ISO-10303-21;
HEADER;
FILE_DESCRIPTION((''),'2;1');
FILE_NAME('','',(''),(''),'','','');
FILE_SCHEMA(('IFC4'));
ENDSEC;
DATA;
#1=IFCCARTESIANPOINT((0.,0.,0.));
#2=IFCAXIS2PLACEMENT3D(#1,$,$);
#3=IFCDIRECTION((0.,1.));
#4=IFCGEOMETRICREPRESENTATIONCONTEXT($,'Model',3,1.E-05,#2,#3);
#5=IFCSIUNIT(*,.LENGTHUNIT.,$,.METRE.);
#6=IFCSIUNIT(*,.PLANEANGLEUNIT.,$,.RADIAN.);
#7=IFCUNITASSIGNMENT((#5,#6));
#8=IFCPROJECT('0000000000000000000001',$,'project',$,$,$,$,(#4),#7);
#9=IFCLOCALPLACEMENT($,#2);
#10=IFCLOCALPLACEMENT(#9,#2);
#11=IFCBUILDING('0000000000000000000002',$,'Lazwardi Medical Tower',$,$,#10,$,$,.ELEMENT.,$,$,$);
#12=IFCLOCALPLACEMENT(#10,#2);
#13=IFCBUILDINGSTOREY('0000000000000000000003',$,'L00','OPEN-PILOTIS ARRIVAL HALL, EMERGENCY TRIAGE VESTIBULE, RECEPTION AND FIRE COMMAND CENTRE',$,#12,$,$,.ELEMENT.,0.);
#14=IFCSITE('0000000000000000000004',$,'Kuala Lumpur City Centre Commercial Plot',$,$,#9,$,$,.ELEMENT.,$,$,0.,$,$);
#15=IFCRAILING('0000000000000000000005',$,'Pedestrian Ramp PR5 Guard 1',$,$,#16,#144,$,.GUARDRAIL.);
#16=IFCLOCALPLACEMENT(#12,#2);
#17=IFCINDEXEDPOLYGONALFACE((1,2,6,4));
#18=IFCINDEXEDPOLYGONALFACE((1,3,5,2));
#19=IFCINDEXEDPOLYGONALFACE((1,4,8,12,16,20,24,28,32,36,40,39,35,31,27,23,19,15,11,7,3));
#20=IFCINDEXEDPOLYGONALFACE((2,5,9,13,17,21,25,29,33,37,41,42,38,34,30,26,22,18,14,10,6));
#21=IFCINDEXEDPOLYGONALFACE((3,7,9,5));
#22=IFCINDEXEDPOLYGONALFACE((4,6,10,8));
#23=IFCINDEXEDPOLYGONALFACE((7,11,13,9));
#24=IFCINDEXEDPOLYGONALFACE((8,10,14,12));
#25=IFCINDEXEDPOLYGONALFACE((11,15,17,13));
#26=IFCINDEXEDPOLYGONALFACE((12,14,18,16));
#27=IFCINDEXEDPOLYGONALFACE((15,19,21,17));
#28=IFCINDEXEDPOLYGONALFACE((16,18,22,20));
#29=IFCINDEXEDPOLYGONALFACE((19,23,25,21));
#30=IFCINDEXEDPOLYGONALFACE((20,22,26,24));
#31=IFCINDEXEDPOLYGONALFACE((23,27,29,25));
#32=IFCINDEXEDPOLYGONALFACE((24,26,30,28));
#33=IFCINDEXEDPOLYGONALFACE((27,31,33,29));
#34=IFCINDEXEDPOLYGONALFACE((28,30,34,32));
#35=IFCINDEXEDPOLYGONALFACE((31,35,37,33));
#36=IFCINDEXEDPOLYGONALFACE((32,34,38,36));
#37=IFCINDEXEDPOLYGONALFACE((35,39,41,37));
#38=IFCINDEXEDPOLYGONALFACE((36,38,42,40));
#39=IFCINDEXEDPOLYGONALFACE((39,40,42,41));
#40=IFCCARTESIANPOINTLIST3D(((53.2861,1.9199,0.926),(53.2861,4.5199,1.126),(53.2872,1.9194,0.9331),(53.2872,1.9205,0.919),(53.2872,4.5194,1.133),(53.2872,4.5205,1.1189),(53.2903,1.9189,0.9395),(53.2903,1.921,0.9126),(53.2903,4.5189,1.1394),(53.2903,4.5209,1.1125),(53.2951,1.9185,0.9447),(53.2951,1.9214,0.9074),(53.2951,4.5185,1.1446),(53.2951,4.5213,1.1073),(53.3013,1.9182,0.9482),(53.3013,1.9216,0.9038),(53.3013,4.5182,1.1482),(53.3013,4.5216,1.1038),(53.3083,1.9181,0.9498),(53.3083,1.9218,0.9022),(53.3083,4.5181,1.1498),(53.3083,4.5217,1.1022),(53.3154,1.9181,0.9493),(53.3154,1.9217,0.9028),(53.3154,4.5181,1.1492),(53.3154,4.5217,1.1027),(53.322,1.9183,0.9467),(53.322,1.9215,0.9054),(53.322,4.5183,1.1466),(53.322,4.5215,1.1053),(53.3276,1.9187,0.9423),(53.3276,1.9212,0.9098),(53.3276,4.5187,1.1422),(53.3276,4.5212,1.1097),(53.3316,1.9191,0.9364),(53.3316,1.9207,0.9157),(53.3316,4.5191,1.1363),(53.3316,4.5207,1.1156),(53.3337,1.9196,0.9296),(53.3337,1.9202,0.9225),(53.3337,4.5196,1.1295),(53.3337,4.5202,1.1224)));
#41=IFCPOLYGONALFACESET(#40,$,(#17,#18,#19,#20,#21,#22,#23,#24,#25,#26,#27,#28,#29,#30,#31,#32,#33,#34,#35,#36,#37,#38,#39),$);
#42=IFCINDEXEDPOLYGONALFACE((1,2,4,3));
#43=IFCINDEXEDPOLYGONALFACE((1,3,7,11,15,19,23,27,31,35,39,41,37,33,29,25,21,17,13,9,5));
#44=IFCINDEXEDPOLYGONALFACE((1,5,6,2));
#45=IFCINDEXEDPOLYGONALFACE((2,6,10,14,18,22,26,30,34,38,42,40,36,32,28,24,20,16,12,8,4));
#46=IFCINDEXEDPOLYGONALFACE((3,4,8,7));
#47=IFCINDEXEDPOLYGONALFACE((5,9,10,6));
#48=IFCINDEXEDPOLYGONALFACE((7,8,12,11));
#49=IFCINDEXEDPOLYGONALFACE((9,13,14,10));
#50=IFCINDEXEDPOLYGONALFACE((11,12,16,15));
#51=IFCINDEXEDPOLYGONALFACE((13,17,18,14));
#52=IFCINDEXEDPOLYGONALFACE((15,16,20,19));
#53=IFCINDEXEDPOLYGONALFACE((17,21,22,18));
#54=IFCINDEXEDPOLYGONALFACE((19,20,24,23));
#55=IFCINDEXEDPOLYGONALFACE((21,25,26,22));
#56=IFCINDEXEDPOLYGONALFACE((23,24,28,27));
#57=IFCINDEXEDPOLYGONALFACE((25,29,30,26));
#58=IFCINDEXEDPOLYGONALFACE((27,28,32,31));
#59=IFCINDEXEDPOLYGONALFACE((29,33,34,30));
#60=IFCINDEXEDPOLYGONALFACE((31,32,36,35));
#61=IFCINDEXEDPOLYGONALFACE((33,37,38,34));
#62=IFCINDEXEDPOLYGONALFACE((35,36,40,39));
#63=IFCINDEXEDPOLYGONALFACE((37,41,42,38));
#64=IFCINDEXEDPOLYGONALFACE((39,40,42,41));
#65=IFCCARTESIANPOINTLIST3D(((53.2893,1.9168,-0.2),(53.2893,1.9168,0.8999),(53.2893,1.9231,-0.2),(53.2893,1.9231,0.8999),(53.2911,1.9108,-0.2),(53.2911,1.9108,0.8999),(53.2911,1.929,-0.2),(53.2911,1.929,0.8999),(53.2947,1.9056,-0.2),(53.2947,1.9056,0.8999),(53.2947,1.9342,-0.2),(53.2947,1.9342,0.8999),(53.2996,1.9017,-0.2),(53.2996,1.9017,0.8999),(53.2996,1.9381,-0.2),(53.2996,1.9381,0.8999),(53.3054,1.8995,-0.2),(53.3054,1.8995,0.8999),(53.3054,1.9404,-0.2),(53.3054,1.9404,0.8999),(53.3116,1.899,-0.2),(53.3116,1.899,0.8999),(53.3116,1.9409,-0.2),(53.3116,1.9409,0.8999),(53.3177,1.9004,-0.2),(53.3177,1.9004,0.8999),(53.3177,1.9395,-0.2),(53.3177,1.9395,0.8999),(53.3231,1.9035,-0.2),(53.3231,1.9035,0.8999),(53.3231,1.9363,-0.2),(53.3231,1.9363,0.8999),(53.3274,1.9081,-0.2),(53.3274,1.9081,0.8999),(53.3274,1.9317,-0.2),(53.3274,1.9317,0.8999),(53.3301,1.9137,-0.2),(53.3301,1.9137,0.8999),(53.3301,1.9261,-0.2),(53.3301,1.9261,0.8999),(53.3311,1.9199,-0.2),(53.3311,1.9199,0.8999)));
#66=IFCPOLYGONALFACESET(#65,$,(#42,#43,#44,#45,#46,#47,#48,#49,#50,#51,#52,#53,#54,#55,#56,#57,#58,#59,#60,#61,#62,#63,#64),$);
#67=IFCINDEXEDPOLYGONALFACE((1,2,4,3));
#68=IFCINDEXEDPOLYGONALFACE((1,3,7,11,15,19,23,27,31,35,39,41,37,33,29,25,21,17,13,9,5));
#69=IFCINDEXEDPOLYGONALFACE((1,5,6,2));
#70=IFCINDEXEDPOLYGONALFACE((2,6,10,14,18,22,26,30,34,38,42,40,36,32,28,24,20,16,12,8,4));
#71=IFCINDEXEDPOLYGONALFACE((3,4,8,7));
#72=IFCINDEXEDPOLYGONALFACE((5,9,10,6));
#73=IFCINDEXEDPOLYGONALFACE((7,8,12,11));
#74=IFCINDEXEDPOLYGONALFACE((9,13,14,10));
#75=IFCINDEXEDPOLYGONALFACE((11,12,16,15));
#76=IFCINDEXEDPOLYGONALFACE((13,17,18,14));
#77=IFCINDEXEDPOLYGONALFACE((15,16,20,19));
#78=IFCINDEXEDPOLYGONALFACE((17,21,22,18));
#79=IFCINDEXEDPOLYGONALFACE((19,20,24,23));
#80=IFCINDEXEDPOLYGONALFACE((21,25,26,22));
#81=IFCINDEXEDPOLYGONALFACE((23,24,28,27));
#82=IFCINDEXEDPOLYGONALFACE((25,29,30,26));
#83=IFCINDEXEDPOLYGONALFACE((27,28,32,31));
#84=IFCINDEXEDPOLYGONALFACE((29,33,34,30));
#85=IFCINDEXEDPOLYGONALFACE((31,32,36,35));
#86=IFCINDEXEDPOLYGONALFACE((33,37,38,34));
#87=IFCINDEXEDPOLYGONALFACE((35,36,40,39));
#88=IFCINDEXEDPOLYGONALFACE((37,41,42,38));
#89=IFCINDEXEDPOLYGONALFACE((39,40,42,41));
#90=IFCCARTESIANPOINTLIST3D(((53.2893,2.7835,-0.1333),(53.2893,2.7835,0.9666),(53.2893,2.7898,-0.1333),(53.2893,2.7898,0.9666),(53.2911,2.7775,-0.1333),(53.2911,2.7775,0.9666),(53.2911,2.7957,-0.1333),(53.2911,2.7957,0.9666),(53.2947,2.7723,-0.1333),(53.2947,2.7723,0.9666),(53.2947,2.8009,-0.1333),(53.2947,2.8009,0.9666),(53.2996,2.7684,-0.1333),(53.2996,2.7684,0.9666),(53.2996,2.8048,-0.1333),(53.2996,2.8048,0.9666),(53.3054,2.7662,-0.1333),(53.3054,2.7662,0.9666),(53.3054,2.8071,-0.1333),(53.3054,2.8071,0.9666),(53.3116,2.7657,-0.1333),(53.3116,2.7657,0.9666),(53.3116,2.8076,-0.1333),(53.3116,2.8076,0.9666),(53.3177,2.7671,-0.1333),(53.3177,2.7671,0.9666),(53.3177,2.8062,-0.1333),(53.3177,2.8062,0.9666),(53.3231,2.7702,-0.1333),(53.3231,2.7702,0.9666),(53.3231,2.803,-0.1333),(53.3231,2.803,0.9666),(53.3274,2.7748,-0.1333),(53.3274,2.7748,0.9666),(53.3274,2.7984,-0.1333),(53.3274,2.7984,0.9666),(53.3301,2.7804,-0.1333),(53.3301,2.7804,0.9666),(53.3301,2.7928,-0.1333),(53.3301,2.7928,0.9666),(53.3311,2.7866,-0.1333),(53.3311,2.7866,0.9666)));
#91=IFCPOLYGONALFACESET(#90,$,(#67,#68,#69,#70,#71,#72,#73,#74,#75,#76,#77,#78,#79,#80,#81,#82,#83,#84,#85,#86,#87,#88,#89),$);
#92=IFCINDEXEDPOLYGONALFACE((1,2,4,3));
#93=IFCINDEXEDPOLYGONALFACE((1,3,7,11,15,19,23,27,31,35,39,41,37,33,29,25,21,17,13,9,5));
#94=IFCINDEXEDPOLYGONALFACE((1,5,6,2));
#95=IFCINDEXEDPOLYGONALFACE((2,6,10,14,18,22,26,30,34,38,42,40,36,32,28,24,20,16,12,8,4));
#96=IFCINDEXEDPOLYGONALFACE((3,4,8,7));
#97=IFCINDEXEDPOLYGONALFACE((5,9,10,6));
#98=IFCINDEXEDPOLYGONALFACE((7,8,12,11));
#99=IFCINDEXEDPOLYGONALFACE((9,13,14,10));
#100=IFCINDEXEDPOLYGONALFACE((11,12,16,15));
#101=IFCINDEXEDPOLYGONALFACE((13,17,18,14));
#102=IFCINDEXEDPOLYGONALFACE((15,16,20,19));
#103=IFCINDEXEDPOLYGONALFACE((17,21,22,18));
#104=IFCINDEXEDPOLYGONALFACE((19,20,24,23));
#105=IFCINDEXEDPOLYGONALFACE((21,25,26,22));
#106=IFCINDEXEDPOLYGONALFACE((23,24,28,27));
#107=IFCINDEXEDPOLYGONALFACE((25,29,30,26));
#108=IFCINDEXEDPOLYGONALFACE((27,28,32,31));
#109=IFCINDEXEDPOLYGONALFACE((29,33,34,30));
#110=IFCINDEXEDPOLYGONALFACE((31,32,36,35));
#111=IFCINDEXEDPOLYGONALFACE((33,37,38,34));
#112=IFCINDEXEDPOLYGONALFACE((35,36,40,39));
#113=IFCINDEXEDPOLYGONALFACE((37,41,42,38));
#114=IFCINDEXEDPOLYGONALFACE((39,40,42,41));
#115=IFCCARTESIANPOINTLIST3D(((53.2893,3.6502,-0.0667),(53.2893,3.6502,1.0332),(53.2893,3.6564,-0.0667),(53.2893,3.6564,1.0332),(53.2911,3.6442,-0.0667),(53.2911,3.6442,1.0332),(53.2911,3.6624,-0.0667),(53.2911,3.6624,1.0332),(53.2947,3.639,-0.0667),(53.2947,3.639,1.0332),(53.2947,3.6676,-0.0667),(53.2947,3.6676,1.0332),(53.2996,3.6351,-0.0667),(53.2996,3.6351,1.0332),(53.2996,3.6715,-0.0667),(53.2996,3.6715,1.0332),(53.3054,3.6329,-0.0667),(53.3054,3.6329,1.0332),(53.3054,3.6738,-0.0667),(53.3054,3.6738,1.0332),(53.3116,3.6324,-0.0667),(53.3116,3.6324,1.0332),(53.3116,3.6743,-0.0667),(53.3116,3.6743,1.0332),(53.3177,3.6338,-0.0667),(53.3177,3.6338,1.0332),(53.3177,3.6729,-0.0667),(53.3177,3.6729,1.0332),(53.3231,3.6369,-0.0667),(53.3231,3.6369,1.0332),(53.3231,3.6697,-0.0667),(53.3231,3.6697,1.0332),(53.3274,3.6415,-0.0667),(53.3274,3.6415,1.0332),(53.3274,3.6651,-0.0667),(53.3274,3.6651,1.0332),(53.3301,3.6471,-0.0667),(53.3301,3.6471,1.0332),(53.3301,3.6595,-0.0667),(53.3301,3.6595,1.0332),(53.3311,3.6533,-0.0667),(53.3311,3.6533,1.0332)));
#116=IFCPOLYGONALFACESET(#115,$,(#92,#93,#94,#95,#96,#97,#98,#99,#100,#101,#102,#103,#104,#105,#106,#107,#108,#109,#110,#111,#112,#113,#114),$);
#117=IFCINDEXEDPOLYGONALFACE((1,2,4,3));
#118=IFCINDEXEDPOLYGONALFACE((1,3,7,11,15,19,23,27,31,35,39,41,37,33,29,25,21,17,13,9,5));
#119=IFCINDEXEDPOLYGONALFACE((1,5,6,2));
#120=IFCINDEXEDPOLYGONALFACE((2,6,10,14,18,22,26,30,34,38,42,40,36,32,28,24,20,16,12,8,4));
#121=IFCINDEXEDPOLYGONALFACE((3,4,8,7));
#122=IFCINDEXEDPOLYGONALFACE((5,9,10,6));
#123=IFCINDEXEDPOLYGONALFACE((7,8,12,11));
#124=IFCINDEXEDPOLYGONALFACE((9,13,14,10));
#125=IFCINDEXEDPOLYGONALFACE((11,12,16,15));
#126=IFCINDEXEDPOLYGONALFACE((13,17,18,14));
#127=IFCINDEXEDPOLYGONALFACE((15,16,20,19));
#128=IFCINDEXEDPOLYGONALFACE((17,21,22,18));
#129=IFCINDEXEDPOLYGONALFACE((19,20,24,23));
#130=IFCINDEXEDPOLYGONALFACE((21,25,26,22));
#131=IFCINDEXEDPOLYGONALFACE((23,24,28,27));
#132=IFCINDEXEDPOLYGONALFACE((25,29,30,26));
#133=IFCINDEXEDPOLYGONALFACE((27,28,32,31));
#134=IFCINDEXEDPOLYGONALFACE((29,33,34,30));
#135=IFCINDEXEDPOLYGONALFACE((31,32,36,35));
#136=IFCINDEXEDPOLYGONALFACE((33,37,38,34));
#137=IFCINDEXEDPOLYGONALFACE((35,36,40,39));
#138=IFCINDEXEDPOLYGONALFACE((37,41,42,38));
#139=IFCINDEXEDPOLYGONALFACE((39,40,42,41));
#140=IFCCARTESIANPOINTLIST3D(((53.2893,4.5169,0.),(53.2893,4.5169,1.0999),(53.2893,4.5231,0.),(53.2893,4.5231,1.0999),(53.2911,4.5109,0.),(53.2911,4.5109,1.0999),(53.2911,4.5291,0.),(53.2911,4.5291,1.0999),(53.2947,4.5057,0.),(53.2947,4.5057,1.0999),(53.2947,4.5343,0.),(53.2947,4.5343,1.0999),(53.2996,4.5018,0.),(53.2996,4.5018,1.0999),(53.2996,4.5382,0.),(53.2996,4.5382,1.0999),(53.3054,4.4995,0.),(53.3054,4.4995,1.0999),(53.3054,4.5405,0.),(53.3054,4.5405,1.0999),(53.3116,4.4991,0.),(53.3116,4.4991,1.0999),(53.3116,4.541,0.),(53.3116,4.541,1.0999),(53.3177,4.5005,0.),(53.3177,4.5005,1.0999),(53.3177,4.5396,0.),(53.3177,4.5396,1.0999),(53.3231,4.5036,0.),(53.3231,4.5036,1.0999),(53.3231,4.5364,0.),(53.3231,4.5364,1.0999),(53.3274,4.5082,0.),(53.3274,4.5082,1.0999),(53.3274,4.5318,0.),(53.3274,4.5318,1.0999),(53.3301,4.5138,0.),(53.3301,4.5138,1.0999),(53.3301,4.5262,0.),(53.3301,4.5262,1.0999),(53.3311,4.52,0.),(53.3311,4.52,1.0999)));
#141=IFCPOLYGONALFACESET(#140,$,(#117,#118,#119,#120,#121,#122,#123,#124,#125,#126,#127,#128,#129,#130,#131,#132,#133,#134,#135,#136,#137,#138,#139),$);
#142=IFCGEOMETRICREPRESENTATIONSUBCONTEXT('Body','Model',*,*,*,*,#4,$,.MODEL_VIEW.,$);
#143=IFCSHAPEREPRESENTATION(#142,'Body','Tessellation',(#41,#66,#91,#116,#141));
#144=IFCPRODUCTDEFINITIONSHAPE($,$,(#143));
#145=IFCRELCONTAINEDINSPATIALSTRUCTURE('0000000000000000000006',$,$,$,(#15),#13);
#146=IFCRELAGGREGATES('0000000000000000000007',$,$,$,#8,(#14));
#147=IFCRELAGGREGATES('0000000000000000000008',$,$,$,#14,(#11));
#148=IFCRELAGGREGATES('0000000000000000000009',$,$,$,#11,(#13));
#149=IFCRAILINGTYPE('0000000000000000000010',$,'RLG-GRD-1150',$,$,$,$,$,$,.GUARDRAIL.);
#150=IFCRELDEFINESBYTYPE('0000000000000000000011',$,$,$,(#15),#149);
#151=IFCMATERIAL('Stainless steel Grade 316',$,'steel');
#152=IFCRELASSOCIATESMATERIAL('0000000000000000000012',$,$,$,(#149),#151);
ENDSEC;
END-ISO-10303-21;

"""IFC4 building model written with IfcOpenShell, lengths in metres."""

from ifc_helpers import new_model, si_unit, direction, frame, origin, origin_2d, place, context, subcontext, project, spatial, circle, extrude, material, type_object, element, save


model = new_model("IFC4")

# Units and contexts
model_context = context("Model", 3, precision=1e-05, world=origin(), true_north=direction((0.0, 1.0)))
body_context = subcontext(model_context, "Body", "Model", "MODEL_VIEW")
ifc_project = project(units=[si_unit("LENGTHUNIT", "METRE"), si_unit("PLANEANGLEUNIT", "RADIAN")], contexts=[model_context])

# Site, building, storey
site_placement = place(None, origin())
site = spatial("IfcSite", under=ifc_project, at=site_placement, Name="Kuala Lumpur City Centre Commercial Plot", CompositionType="ELEMENT", RefElevation=0.0)
building_placement = place(site_placement, origin())
building = spatial("IfcBuilding", under=site, at=building_placement, Name="Lazwardi Medical Tower", CompositionType="ELEMENT")
storey_placement = place(building_placement, origin())
storey = spatial("IfcBuildingStorey", under=building, at=storey_placement, Name="L00", Description="OPEN-PILOTIS ARRIVAL HALL, EMERGENCY TRIAGE VESTIBULE, RECEPTION AND FIRE COMMAND CENTRE", CompositionType="ELEMENT", Elevation=0.0)

# Railing
ifc_material_1 = material(Name="Stainless steel Grade 316", Category="steel")
railing_type = type_object("IfcRailingType", Name="RLG-GRD-1150", PredefinedType="GUARDRAIL", material=ifc_material_1)
for number, where, name in (
    (1, (53.3101, 1.9199, -0.2), "Pedestrian Ramp PR5 Guard 1"),
):
    element("IfcRailing", number, at=place(storey_placement, frame(where)), inside=storey, type_object=railing_type, Name=name, PredefinedType="GUARDRAIL", context=body_context, shape_type="SweptSolid", body=[
        extrude(circle(Radius=0.0239, at=origin_2d()), frame((0.0, 0.0, 1.126), z_axis=(0.0, 0.997056, 0.076675), x_axis=(-1.0, 0.0, 0.0)), (0.0, 0.0, 1.0), 2.6077),
        extrude(circle(Radius=0.021, at=origin_2d()), origin(), (0.0, 0.0, 1.0), 1.0999),
        extrude(circle(Radius=0.021, at=origin_2d()), frame((0.0, 0.8667, 0.0667)), (0.0, 0.0, 1.0), 1.0999),
        extrude(circle(Radius=0.021, at=origin_2d()), frame((0.0, 1.7334, 0.1333)), (0.0, 0.0, 1.0), 1.0999),
        extrude(circle(Radius=0.021, at=origin_2d()), frame((0.0, 2.6001, 0.2)), (0.0, 0.0, 1.0), 1.0999),
    ])

save(model, "model.ifc")
